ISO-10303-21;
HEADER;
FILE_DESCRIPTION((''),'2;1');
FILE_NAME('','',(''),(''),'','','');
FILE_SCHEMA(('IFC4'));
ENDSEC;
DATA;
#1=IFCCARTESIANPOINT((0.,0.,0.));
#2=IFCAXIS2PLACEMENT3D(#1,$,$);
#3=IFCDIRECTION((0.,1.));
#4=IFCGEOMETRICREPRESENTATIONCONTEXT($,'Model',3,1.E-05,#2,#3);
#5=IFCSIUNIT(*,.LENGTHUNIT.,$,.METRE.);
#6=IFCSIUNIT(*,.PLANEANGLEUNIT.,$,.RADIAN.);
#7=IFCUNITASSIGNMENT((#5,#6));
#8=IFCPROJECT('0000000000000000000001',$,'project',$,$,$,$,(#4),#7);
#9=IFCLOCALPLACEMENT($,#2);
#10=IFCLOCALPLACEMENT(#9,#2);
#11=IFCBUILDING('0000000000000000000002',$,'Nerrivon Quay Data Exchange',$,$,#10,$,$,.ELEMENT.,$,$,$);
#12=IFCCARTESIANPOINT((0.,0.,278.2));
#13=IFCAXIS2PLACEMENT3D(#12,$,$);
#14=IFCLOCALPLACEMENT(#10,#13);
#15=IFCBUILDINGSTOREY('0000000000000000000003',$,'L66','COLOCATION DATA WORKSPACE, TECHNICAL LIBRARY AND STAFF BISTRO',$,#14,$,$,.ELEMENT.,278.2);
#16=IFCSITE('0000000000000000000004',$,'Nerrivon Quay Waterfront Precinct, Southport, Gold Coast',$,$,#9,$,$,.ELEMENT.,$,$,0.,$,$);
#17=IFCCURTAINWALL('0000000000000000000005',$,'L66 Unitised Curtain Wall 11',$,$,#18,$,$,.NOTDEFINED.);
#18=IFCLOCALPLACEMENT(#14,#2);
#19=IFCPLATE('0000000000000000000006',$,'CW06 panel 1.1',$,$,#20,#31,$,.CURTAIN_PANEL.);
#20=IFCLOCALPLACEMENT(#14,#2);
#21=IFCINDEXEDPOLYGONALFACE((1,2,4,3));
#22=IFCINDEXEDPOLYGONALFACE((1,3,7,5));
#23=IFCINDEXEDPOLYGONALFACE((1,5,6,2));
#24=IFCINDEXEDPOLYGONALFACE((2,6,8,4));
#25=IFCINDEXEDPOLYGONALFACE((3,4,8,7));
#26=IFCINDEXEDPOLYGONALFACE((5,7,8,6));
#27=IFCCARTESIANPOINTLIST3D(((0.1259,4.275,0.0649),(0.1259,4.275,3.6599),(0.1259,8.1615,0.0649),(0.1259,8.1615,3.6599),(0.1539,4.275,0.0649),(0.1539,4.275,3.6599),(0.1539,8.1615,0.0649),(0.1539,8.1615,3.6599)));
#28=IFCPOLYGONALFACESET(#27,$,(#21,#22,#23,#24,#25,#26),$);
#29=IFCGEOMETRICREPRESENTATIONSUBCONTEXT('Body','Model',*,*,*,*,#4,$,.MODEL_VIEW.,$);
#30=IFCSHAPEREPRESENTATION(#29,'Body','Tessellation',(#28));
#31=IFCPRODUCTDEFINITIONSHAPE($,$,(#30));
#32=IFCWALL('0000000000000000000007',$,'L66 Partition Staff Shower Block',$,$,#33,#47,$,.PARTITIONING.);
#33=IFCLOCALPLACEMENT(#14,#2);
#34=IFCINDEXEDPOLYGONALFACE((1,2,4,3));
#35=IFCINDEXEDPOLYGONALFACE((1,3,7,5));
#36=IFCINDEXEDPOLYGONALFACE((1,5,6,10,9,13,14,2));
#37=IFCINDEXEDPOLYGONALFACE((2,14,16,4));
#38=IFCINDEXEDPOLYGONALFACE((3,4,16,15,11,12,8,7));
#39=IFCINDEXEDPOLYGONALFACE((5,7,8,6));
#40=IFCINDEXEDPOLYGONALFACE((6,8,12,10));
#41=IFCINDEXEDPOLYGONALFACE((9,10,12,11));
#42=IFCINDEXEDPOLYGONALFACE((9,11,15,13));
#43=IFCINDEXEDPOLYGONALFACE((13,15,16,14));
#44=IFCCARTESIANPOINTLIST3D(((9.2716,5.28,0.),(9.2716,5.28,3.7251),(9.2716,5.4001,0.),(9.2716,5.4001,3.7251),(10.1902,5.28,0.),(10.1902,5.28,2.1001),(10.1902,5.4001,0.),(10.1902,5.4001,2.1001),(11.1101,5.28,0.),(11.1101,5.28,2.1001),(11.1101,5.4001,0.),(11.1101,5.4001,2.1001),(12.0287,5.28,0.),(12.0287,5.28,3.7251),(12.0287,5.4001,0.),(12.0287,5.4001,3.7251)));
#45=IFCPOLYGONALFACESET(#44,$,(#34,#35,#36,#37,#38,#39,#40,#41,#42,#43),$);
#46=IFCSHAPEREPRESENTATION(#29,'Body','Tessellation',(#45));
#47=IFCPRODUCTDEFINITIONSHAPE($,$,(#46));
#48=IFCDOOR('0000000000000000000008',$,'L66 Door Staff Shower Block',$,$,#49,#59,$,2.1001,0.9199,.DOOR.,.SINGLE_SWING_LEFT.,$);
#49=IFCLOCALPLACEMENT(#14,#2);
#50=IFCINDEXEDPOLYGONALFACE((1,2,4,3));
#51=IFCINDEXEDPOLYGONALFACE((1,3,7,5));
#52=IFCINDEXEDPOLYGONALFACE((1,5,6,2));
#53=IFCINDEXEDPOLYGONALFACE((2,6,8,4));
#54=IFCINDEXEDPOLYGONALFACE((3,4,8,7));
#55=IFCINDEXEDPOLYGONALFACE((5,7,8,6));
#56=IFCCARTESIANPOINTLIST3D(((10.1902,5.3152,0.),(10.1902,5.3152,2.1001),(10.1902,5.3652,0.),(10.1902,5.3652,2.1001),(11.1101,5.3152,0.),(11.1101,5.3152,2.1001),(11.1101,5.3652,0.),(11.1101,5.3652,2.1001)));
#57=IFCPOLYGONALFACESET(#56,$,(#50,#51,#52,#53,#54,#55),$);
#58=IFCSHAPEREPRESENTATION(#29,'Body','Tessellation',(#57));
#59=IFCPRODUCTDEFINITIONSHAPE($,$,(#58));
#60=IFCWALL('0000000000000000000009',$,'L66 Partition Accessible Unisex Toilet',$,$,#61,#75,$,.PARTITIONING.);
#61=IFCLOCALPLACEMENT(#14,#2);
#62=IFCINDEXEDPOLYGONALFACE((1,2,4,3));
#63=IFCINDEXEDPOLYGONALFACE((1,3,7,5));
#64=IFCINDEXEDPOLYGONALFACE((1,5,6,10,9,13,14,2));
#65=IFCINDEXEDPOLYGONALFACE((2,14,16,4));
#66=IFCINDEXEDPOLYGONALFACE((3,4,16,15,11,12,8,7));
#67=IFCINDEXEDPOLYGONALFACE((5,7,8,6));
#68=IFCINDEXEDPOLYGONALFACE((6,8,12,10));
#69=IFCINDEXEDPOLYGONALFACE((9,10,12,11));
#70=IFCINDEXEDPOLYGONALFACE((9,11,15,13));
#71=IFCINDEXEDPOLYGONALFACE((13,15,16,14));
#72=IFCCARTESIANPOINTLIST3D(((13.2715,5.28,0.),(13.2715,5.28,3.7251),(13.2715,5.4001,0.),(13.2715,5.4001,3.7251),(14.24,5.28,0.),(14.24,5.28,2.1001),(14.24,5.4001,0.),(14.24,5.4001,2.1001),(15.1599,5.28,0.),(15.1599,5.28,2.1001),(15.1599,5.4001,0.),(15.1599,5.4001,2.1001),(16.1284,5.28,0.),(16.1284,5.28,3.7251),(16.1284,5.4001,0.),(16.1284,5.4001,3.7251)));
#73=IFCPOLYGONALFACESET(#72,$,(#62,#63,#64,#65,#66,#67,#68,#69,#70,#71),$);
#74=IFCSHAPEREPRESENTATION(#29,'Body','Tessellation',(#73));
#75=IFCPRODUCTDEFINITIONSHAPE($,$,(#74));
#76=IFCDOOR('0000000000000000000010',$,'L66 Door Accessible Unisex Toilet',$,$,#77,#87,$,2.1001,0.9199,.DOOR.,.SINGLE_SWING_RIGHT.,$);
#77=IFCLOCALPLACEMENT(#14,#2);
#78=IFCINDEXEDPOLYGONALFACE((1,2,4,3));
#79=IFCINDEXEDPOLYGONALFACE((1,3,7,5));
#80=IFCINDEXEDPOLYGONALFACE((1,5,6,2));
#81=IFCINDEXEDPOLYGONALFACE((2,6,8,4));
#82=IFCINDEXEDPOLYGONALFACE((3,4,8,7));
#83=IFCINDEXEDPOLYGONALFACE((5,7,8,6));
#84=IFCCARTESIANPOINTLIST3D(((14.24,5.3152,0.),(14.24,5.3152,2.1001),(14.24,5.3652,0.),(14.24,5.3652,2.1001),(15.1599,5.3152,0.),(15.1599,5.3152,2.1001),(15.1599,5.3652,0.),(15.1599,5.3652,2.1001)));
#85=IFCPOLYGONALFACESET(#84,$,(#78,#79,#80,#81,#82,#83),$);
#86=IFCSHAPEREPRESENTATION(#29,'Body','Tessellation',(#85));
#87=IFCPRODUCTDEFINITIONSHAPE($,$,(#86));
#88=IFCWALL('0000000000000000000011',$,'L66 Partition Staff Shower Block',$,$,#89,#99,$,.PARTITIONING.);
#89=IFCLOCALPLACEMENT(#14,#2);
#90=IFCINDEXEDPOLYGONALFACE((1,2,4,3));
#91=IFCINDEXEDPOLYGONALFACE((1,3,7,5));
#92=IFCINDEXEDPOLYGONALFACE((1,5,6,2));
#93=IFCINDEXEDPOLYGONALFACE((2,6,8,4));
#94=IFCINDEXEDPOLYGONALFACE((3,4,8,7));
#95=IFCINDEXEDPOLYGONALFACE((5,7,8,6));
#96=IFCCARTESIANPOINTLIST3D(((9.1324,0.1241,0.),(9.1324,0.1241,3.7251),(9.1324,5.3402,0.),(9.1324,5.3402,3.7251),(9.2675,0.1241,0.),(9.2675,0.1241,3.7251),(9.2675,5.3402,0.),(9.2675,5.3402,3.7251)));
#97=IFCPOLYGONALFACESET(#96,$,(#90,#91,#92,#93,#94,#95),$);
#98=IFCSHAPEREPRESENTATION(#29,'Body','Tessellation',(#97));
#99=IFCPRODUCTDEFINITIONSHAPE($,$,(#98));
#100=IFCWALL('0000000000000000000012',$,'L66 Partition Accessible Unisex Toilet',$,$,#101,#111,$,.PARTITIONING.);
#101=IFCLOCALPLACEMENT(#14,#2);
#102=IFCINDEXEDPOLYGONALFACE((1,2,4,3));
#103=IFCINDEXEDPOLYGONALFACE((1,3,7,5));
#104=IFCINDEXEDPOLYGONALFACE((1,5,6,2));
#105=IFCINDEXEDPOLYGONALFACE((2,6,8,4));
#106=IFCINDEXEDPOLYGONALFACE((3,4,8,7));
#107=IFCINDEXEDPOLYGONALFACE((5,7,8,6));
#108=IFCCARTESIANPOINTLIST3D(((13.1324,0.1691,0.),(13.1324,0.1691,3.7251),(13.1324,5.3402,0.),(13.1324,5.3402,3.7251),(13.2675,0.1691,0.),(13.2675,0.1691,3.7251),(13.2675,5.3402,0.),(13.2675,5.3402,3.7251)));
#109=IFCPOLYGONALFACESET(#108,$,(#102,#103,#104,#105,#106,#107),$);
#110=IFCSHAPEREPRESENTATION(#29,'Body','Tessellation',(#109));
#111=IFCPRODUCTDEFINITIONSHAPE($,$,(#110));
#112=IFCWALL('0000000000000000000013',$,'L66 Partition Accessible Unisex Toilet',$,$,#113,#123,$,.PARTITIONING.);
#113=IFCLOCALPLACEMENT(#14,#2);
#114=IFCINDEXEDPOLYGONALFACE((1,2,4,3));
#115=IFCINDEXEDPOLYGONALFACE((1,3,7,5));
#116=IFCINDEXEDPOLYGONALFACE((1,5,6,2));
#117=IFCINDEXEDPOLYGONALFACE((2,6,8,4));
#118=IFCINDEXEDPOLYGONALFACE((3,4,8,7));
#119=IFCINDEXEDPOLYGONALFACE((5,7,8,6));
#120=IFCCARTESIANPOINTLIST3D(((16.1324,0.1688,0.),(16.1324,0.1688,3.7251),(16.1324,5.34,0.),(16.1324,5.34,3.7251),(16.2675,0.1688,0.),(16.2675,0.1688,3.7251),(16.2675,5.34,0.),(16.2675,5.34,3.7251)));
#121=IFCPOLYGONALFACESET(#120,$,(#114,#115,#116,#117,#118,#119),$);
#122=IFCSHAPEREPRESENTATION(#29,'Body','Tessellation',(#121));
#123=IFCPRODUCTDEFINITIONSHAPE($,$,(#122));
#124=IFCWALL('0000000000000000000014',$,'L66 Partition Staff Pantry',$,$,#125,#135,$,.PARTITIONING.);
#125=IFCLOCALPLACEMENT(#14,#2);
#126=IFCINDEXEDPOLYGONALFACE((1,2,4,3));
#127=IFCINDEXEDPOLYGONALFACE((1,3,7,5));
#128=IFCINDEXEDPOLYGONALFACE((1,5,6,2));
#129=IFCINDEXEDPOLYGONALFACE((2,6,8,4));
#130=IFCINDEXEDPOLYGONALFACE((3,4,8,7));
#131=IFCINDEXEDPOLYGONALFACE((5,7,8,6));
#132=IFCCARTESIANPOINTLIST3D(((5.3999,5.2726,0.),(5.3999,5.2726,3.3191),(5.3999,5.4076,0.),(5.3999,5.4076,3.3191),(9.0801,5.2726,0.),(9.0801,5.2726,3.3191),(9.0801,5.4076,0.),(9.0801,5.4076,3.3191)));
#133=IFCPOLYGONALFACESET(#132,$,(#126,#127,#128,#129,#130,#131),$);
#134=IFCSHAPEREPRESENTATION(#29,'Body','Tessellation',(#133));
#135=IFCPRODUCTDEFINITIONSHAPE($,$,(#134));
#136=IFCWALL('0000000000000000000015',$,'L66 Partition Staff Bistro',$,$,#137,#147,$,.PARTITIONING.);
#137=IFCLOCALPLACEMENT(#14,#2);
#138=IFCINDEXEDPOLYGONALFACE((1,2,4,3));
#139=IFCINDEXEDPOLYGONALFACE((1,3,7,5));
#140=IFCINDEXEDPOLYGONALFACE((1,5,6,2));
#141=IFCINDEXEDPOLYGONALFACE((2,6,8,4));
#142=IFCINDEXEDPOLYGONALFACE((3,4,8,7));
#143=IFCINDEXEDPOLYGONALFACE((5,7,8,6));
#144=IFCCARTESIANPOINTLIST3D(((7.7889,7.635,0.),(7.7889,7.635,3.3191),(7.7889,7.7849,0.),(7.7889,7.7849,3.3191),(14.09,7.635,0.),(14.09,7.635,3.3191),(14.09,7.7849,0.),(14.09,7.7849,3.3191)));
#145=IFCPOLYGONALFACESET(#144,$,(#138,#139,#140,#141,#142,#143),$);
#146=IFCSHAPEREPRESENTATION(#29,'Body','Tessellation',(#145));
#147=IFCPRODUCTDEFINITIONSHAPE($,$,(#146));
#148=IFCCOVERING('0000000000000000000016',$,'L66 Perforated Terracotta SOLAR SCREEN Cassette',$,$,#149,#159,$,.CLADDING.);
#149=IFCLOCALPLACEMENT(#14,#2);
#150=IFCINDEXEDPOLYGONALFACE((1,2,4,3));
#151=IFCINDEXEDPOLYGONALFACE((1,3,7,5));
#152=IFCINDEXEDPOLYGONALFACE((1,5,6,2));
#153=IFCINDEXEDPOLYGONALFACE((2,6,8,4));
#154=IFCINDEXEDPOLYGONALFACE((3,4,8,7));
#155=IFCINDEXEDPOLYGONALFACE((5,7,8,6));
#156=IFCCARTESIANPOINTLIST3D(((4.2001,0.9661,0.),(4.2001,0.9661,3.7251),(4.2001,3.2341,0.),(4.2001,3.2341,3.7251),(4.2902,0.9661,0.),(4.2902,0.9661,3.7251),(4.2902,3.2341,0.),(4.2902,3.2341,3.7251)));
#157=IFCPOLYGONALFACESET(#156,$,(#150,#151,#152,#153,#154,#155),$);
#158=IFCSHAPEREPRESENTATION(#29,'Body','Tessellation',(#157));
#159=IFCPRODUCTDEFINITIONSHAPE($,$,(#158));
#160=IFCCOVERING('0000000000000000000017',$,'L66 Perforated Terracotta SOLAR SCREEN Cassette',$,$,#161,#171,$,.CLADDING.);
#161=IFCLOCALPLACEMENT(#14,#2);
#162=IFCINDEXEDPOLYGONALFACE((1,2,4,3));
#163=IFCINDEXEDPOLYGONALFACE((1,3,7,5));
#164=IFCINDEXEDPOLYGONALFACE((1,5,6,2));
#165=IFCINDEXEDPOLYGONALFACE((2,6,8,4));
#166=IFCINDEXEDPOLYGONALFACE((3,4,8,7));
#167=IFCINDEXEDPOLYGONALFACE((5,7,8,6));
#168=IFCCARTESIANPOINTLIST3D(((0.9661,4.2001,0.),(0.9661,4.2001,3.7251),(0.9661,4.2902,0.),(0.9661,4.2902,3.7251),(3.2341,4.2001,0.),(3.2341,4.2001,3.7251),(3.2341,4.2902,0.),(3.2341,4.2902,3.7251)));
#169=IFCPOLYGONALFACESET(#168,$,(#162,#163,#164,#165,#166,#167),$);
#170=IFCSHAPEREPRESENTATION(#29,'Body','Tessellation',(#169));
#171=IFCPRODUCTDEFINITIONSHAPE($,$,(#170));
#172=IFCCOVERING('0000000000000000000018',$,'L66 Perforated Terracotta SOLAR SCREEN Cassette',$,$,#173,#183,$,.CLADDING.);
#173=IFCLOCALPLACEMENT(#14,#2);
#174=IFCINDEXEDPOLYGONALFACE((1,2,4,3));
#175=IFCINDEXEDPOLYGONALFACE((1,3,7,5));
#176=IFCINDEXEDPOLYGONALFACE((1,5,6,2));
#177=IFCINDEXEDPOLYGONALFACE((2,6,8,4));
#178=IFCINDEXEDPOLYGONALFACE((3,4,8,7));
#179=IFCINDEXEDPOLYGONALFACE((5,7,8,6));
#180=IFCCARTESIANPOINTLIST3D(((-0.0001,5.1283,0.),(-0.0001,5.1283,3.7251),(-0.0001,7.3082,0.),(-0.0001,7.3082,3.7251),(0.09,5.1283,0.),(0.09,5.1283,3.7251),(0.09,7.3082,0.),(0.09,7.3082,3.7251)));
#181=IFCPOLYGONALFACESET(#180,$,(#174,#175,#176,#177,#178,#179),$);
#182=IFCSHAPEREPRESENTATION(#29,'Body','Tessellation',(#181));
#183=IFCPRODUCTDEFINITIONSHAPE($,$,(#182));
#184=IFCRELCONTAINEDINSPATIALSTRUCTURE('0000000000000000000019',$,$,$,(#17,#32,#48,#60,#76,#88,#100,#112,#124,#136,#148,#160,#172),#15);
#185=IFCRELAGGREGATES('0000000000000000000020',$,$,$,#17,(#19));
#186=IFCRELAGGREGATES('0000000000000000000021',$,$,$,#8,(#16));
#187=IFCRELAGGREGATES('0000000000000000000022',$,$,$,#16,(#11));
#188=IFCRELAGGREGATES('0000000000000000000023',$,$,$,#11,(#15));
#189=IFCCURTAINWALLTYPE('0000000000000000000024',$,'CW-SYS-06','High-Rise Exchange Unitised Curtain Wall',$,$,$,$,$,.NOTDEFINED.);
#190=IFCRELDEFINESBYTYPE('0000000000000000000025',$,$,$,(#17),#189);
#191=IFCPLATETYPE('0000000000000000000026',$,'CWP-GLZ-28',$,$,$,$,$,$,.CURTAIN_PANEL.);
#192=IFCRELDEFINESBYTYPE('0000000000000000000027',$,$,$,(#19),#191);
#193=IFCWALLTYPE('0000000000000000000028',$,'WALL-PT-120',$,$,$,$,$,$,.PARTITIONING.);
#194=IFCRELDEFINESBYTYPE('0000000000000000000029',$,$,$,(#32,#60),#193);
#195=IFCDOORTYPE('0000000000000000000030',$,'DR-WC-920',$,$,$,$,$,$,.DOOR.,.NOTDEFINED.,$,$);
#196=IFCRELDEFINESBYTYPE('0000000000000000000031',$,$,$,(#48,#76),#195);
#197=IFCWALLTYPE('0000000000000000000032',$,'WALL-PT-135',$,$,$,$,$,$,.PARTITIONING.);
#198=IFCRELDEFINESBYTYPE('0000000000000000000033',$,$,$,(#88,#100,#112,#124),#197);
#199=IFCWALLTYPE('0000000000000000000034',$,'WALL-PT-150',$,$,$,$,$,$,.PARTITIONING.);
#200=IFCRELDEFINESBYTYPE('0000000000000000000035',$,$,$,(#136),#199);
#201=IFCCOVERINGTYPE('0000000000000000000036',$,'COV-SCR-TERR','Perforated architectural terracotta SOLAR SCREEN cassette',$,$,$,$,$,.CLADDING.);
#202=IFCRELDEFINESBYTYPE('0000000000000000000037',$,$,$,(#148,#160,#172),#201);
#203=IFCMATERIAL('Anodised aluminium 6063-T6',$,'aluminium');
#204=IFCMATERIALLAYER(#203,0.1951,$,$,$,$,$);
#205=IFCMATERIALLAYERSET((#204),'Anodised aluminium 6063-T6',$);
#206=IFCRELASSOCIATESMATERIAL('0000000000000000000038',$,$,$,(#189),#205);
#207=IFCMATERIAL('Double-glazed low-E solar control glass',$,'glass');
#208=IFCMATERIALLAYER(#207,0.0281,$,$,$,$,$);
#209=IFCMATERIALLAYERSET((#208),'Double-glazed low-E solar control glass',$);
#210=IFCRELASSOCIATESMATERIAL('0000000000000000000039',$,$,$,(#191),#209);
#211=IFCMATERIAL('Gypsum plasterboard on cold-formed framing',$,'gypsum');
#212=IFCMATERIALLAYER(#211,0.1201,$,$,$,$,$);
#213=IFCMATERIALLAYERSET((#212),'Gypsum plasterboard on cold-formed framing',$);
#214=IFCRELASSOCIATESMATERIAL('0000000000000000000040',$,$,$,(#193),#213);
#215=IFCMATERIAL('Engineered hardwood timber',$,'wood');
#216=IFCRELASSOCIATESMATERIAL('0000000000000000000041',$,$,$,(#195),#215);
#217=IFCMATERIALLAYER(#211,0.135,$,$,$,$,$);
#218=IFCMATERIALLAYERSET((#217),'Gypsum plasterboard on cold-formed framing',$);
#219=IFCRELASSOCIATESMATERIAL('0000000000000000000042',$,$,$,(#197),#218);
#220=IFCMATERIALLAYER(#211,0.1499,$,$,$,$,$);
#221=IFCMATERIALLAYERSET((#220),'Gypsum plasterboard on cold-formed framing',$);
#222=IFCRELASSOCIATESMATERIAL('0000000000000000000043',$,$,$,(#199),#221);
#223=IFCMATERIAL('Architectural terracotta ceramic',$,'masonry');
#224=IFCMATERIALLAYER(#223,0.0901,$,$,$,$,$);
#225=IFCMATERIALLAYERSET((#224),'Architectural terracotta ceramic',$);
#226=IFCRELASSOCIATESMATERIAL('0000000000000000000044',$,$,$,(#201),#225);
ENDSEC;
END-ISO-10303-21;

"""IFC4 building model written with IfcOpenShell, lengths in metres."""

from ifc_helpers import new_model, si_unit, direction, frame, frame_2d, origin, origin_2d, place, context, subcontext, project, spatial, rectangle, extrude, material, layer, layer_set, type_object, element, fill, aggregate, save


model = new_model("IFC4")

# Units and contexts
model_context = context("Model", 3, precision=1e-05, world=origin(), true_north=direction((0.0, 1.0)))
body_context = subcontext(model_context, "Body", "Model", "MODEL_VIEW")
ifc_project = project(units=[si_unit("LENGTHUNIT", "METRE"), si_unit("PLANEANGLEUNIT", "RADIAN")], contexts=[model_context])

# Site, building, storey
site_placement = place(None, origin())
site = spatial("IfcSite", under=ifc_project, at=site_placement, Name="Nerrivon Quay Waterfront Precinct, Southport, Gold Coast", CompositionType="ELEMENT", RefElevation=0.0)
building_placement = place(site_placement, origin())
building = spatial("IfcBuilding", under=site, at=building_placement, Name="Nerrivon Quay Data Exchange", CompositionType="ELEMENT")
storey_placement = place(building_placement, frame((0.0, 0.0, 278.2)))
storey = spatial("IfcBuildingStorey", under=building, at=storey_placement, Name="L66", Description="COLOCATION DATA WORKSPACE, TECHNICAL LIBRARY AND STAFF BISTRO", CompositionType="ELEMENT", Elevation=278.2)

# Shared definitions
ifc_material_1 = material(Name="Anodised aluminium 6063-T6", Category="aluminium")
ifc_layer_1 = layer(ifc_material_1, 0.1951)
ifc_layer_set_1 = layer_set([ifc_layer_1], Name="Anodised aluminium 6063-T6")
curtain_wall_type = type_object("IfcCurtainWallType", Name="CW-SYS-06", Description="High-Rise Exchange Unitised Curtain Wall", PredefinedType="NOTDEFINED", material=ifc_layer_set_1)

# Curtain wall
curtain_wall_1_placement = place(storey_placement, origin())
curtain_wall_1 = element("IfcCurtainWall", 1, at=curtain_wall_1_placement, inside=storey, type_object=curtain_wall_type, Name="L66 Unitised Curtain Wall 11", PredefinedType="NOTDEFINED")

# Plate
ifc_material_2 = material(Name="Double-glazed low-E solar control glass", Category="glass")
ifc_layer_2 = layer(ifc_material_2, 0.0281)
ifc_layer_set_2 = layer_set([ifc_layer_2], Name="Double-glazed low-E solar control glass")
plate_type = type_object("IfcPlateType", Name="CWP-GLZ-28", PredefinedType="CURTAIN_PANEL", material=ifc_layer_set_2)
plate_1_placement = place(storey_placement, frame((0.1399, 6.2183, 0.0649), z_axis=(0.0, 0.0, 1.0), x_axis=(0.0, 1.0, 0.0)))
plate_1 = element("IfcPlate", 2, at=plate_1_placement, type_object=plate_type, Name="CW06 panel 1.1", PredefinedType="CURTAIN_PANEL", context=body_context, shape_type="SweptSolid", body=[
    extrude(rectangle(XDim=3.8865, YDim=0.0281, at=origin_2d()), origin(), (0.0, 0.0, 1.0), 3.595),
])
aggregate(curtain_wall_1, [plate_1])

# Walls, openings, doors
ifc_material_3 = material(Name="Gypsum plasterboard on cold-formed framing", Category="gypsum")
ifc_layer_3 = layer(ifc_material_3, 0.1201)
ifc_layer_set_3 = layer_set([ifc_layer_3], Name="Gypsum plasterboard on cold-formed framing")
wall_type_1 = type_object("IfcWallType", Name="WALL-PT-120", PredefinedType="PARTITIONING", material=ifc_layer_set_3)
wall_1_placement = place(storey_placement, frame((12.0286, 5.3401, 0.0), z_axis=(0.0, 0.0, 1.0), x_axis=(-1.0, 0.0, 0.0)))
wall_1 = element("IfcWall", 3, at=wall_1_placement, inside=storey, type_object=wall_type_1, Name="L66 Partition Staff Shower Block", PredefinedType="PARTITIONING", context=body_context, shape_type="SweptSolid", body=[
    extrude(rectangle(XDim=2.7571, YDim=0.1201, at=frame_2d((1.3784, 0.0))), origin(), (0.0, 0.0, 1.0), 3.7251),
])
opening_1_placement = place(wall_1_placement, frame((0.9185, 0.0, 0.0)))
opening_1 = element("IfcOpeningElement", 4, at=opening_1_placement, cuts=wall_1, PredefinedType="OPENING", context=body_context, shape_type="SweptSolid", body=[
    extrude(rectangle(XDim=0.9199, YDim=2.1001, at=frame_2d((0.46, 1.05))), frame((0.0, 0.0701, 0.0), z_axis=(0.0, -1.0, 0.0), x_axis=(1.0, 0.0, 0.0)), (0.0, 0.0, 1.0), 0.1401),
])
ifc_material_4 = material(Name="Engineered hardwood timber", Category="wood")
door_type_1 = type_object("IfcDoorType", Name="DR-WC-920", OperationType="NOTDEFINED", PredefinedType="DOOR", material=ifc_material_4)
door_1_placement = place(opening_1_placement, origin())
door_1 = element("IfcDoor", 5, at=door_1_placement, inside=storey, type_object=door_type_1, Name="L66 Door Staff Shower Block", OperationType="SINGLE_SWING_LEFT", OverallHeight=2.1001, OverallWidth=0.9199, PredefinedType="DOOR", context=body_context, shape_type="SweptSolid", body=[
    extrude(rectangle(XDim=0.9199, YDim=2.1001, at=frame_2d((0.46, 1.05))), frame((0.0, 0.0249, 0.0), z_axis=(0.0, -1.0, 0.0), x_axis=(1.0, 0.0, 0.0)), (0.0, 0.0, 1.0), 0.05),
])
fill(opening_1, door_1)
wall_2_placement = place(storey_placement, frame((16.1284, 5.3401, 0.0), z_axis=(0.0, 0.0, 1.0), x_axis=(-1.0, 0.0, 0.0)))
wall_2 = element("IfcWall", 6, at=wall_2_placement, inside=storey, type_object=wall_type_1, Name="L66 Partition Accessible Unisex Toilet", PredefinedType="PARTITIONING", context=body_context, shape_type="SweptSolid", body=[
    extrude(rectangle(XDim=2.8569, YDim=0.1201, at=frame_2d((1.4285, 0.0))), origin(), (0.0, 0.0, 1.0), 3.7251),
])
opening_2_placement = place(wall_2_placement, frame((0.9685, 0.0, 0.0)))
opening_2 = element("IfcOpeningElement", 7, at=opening_2_placement, cuts=wall_2, PredefinedType="OPENING", context=body_context, shape_type="SweptSolid", body=[
    extrude(rectangle(XDim=0.9199, YDim=2.1001, at=frame_2d((0.46, 1.05))), frame((0.0, 0.0701, 0.0), z_axis=(0.0, -1.0, 0.0), x_axis=(1.0, 0.0, 0.0)), (0.0, 0.0, 1.0), 0.1401),
])
door_2_placement = place(opening_2_placement, origin())
door_2 = element("IfcDoor", 8, at=door_2_placement, inside=storey, type_object=door_type_1, Name="L66 Door Accessible Unisex Toilet", OperationType="SINGLE_SWING_RIGHT", OverallHeight=2.1001, OverallWidth=0.9199, PredefinedType="DOOR", context=body_context, shape_type="SweptSolid", body=[
    extrude(rectangle(XDim=0.9199, YDim=2.1001, at=frame_2d((0.46, 1.05))), frame((0.0, 0.0249, 0.0), z_axis=(0.0, -1.0, 0.0), x_axis=(1.0, 0.0, 0.0)), (0.0, 0.0, 1.0), 0.05),
])
fill(opening_2, door_2)

# Walls
ifc_layer_4 = layer(ifc_material_3, 0.135)
ifc_layer_set_4 = layer_set([ifc_layer_4], Name="Gypsum plasterboard on cold-formed framing")
wall_type_2 = type_object("IfcWallType", Name="WALL-PT-135", PredefinedType="PARTITIONING", material=ifc_layer_set_4)
wall_3_placement = place(storey_placement, frame((9.2, 5.3401, 0.0), z_axis=(0.0, 0.0, 1.0), x_axis=(0.0, -1.0, 0.0)))
element("IfcWall", 9, at=wall_3_placement, inside=storey, type_object=wall_type_2, Name="L66 Partition Staff Shower Block", PredefinedType="PARTITIONING", context=body_context, shape_type="SweptSolid", body=[
    extrude(rectangle(XDim=5.2161, YDim=0.135, at=frame_2d((2.6079, 0.0))), origin(), (0.0, 0.0, 1.0), 3.7251),
])
for number, where, z_axis, x_axis, name in (
    (10, (13.2, 5.3401, 0.0), (0.0, 0.0, 1.0), (0.0, -1.0, 0.0), "L66 Partition Accessible Unisex Toilet"),
    (11, (16.2, 0.1689, 0.0), (0.0, 0.0, 1.0), (0.0, 1.0, 0.0), "L66 Partition Accessible Unisex Toilet"),
):
    element("IfcWall", number, at=place(storey_placement, frame(where, z_axis=z_axis, x_axis=x_axis)), inside=storey, type_object=wall_type_2, Name=name, PredefinedType="PARTITIONING", context=body_context, shape_type="SweptSolid", body=[
        extrude(rectangle(XDim=5.1711, YDim=0.135, at=frame_2d((2.5854, 0.0))), origin(), (0.0, 0.0, 1.0), 3.7251),
    ])
wall_4_placement = place(storey_placement, frame((9.0801, 5.3401, 0.0), z_axis=(0.0, 0.0, 1.0), x_axis=(-1.0, 0.0, 0.0)))
element("IfcWall", 12, at=wall_4_placement, inside=storey, type_object=wall_type_2, Name="L66 Partition Staff Pantry", PredefinedType="PARTITIONING", context=body_context, shape_type="SweptSolid", body=[
    extrude(rectangle(XDim=3.6802, YDim=0.135, at=frame_2d((1.8401, 0.0))), origin(), (0.0, 0.0, 1.0), 3.3191),
])

# Wall
ifc_layer_5 = layer(ifc_material_3, 0.1499)
ifc_layer_set_5 = layer_set([ifc_layer_5], Name="Gypsum plasterboard on cold-formed framing")
wall_type_3 = type_object("IfcWallType", Name="WALL-PT-150", PredefinedType="PARTITIONING", material=ifc_layer_set_5)
wall_5_placement = place(storey_placement, frame((7.7891, 7.71, 0.0), z_axis=(0.0, 0.0, 1.0), x_axis=(1.0, 0.0, 0.0)))
element("IfcWall", 13, at=wall_5_placement, inside=storey, type_object=wall_type_3, Name="L66 Partition Staff Bistro", PredefinedType="PARTITIONING", context=body_context, shape_type="SweptSolid", body=[
    extrude(rectangle(XDim=6.301, YDim=0.1499, at=frame_2d((3.1504, 0.0))), origin(), (0.0, 0.0, 1.0), 3.3191),
])

# Coverings
ifc_material_5 = material(Name="Architectural terracotta ceramic", Category="masonry")
ifc_layer_6 = layer(ifc_material_5, 0.0901)
ifc_layer_set_6 = layer_set([ifc_layer_6], Name="Architectural terracotta ceramic")
covering_type = type_object("IfcCoveringType", Name="COV-SCR-TERR", Description="Perforated architectural terracotta SOLAR SCREEN cassette", PredefinedType="CLADDING", material=ifc_layer_set_6)
for number, where, z_axis, x_axis, name in (
    (14, (4.2451, 2.1001, 0.0), (0.0, 0.0, 1.0), (0.0, 1.0, 0.0), "L66 Perforated Terracotta SOLAR SCREEN Cassette"),
    (15, (2.1001, 4.2451, 0.0), (0.0, 0.0, 1.0), (-1.0, 0.0, 0.0), "L66 Perforated Terracotta SOLAR SCREEN Cassette"),
):
    element("IfcCovering", number, at=place(storey_placement, frame(where, z_axis=z_axis, x_axis=x_axis)), inside=storey, type_object=covering_type, Name=name, PredefinedType="CLADDING", context=body_context, shape_type="SweptSolid", body=[
        extrude(rectangle(XDim=2.2681, YDim=0.0901, at=origin_2d()), origin(), (0.0, 0.0, 1.0), 3.7251),
    ])
covering_placement = place(storey_placement, frame((0.0449, 6.2183, 0.0), z_axis=(0.0, 0.0, 1.0), x_axis=(0.0, 1.0, 0.0)))
element("IfcCovering", 16, at=covering_placement, inside=storey, type_object=covering_type, Name="L66 Perforated Terracotta SOLAR SCREEN Cassette", PredefinedType="CLADDING", context=body_context, shape_type="SweptSolid", body=[
    extrude(rectangle(XDim=2.1799, YDim=0.0901, at=origin_2d()), origin(), (0.0, 0.0, 1.0), 3.7251),
])

save(model, "model.ifc")
